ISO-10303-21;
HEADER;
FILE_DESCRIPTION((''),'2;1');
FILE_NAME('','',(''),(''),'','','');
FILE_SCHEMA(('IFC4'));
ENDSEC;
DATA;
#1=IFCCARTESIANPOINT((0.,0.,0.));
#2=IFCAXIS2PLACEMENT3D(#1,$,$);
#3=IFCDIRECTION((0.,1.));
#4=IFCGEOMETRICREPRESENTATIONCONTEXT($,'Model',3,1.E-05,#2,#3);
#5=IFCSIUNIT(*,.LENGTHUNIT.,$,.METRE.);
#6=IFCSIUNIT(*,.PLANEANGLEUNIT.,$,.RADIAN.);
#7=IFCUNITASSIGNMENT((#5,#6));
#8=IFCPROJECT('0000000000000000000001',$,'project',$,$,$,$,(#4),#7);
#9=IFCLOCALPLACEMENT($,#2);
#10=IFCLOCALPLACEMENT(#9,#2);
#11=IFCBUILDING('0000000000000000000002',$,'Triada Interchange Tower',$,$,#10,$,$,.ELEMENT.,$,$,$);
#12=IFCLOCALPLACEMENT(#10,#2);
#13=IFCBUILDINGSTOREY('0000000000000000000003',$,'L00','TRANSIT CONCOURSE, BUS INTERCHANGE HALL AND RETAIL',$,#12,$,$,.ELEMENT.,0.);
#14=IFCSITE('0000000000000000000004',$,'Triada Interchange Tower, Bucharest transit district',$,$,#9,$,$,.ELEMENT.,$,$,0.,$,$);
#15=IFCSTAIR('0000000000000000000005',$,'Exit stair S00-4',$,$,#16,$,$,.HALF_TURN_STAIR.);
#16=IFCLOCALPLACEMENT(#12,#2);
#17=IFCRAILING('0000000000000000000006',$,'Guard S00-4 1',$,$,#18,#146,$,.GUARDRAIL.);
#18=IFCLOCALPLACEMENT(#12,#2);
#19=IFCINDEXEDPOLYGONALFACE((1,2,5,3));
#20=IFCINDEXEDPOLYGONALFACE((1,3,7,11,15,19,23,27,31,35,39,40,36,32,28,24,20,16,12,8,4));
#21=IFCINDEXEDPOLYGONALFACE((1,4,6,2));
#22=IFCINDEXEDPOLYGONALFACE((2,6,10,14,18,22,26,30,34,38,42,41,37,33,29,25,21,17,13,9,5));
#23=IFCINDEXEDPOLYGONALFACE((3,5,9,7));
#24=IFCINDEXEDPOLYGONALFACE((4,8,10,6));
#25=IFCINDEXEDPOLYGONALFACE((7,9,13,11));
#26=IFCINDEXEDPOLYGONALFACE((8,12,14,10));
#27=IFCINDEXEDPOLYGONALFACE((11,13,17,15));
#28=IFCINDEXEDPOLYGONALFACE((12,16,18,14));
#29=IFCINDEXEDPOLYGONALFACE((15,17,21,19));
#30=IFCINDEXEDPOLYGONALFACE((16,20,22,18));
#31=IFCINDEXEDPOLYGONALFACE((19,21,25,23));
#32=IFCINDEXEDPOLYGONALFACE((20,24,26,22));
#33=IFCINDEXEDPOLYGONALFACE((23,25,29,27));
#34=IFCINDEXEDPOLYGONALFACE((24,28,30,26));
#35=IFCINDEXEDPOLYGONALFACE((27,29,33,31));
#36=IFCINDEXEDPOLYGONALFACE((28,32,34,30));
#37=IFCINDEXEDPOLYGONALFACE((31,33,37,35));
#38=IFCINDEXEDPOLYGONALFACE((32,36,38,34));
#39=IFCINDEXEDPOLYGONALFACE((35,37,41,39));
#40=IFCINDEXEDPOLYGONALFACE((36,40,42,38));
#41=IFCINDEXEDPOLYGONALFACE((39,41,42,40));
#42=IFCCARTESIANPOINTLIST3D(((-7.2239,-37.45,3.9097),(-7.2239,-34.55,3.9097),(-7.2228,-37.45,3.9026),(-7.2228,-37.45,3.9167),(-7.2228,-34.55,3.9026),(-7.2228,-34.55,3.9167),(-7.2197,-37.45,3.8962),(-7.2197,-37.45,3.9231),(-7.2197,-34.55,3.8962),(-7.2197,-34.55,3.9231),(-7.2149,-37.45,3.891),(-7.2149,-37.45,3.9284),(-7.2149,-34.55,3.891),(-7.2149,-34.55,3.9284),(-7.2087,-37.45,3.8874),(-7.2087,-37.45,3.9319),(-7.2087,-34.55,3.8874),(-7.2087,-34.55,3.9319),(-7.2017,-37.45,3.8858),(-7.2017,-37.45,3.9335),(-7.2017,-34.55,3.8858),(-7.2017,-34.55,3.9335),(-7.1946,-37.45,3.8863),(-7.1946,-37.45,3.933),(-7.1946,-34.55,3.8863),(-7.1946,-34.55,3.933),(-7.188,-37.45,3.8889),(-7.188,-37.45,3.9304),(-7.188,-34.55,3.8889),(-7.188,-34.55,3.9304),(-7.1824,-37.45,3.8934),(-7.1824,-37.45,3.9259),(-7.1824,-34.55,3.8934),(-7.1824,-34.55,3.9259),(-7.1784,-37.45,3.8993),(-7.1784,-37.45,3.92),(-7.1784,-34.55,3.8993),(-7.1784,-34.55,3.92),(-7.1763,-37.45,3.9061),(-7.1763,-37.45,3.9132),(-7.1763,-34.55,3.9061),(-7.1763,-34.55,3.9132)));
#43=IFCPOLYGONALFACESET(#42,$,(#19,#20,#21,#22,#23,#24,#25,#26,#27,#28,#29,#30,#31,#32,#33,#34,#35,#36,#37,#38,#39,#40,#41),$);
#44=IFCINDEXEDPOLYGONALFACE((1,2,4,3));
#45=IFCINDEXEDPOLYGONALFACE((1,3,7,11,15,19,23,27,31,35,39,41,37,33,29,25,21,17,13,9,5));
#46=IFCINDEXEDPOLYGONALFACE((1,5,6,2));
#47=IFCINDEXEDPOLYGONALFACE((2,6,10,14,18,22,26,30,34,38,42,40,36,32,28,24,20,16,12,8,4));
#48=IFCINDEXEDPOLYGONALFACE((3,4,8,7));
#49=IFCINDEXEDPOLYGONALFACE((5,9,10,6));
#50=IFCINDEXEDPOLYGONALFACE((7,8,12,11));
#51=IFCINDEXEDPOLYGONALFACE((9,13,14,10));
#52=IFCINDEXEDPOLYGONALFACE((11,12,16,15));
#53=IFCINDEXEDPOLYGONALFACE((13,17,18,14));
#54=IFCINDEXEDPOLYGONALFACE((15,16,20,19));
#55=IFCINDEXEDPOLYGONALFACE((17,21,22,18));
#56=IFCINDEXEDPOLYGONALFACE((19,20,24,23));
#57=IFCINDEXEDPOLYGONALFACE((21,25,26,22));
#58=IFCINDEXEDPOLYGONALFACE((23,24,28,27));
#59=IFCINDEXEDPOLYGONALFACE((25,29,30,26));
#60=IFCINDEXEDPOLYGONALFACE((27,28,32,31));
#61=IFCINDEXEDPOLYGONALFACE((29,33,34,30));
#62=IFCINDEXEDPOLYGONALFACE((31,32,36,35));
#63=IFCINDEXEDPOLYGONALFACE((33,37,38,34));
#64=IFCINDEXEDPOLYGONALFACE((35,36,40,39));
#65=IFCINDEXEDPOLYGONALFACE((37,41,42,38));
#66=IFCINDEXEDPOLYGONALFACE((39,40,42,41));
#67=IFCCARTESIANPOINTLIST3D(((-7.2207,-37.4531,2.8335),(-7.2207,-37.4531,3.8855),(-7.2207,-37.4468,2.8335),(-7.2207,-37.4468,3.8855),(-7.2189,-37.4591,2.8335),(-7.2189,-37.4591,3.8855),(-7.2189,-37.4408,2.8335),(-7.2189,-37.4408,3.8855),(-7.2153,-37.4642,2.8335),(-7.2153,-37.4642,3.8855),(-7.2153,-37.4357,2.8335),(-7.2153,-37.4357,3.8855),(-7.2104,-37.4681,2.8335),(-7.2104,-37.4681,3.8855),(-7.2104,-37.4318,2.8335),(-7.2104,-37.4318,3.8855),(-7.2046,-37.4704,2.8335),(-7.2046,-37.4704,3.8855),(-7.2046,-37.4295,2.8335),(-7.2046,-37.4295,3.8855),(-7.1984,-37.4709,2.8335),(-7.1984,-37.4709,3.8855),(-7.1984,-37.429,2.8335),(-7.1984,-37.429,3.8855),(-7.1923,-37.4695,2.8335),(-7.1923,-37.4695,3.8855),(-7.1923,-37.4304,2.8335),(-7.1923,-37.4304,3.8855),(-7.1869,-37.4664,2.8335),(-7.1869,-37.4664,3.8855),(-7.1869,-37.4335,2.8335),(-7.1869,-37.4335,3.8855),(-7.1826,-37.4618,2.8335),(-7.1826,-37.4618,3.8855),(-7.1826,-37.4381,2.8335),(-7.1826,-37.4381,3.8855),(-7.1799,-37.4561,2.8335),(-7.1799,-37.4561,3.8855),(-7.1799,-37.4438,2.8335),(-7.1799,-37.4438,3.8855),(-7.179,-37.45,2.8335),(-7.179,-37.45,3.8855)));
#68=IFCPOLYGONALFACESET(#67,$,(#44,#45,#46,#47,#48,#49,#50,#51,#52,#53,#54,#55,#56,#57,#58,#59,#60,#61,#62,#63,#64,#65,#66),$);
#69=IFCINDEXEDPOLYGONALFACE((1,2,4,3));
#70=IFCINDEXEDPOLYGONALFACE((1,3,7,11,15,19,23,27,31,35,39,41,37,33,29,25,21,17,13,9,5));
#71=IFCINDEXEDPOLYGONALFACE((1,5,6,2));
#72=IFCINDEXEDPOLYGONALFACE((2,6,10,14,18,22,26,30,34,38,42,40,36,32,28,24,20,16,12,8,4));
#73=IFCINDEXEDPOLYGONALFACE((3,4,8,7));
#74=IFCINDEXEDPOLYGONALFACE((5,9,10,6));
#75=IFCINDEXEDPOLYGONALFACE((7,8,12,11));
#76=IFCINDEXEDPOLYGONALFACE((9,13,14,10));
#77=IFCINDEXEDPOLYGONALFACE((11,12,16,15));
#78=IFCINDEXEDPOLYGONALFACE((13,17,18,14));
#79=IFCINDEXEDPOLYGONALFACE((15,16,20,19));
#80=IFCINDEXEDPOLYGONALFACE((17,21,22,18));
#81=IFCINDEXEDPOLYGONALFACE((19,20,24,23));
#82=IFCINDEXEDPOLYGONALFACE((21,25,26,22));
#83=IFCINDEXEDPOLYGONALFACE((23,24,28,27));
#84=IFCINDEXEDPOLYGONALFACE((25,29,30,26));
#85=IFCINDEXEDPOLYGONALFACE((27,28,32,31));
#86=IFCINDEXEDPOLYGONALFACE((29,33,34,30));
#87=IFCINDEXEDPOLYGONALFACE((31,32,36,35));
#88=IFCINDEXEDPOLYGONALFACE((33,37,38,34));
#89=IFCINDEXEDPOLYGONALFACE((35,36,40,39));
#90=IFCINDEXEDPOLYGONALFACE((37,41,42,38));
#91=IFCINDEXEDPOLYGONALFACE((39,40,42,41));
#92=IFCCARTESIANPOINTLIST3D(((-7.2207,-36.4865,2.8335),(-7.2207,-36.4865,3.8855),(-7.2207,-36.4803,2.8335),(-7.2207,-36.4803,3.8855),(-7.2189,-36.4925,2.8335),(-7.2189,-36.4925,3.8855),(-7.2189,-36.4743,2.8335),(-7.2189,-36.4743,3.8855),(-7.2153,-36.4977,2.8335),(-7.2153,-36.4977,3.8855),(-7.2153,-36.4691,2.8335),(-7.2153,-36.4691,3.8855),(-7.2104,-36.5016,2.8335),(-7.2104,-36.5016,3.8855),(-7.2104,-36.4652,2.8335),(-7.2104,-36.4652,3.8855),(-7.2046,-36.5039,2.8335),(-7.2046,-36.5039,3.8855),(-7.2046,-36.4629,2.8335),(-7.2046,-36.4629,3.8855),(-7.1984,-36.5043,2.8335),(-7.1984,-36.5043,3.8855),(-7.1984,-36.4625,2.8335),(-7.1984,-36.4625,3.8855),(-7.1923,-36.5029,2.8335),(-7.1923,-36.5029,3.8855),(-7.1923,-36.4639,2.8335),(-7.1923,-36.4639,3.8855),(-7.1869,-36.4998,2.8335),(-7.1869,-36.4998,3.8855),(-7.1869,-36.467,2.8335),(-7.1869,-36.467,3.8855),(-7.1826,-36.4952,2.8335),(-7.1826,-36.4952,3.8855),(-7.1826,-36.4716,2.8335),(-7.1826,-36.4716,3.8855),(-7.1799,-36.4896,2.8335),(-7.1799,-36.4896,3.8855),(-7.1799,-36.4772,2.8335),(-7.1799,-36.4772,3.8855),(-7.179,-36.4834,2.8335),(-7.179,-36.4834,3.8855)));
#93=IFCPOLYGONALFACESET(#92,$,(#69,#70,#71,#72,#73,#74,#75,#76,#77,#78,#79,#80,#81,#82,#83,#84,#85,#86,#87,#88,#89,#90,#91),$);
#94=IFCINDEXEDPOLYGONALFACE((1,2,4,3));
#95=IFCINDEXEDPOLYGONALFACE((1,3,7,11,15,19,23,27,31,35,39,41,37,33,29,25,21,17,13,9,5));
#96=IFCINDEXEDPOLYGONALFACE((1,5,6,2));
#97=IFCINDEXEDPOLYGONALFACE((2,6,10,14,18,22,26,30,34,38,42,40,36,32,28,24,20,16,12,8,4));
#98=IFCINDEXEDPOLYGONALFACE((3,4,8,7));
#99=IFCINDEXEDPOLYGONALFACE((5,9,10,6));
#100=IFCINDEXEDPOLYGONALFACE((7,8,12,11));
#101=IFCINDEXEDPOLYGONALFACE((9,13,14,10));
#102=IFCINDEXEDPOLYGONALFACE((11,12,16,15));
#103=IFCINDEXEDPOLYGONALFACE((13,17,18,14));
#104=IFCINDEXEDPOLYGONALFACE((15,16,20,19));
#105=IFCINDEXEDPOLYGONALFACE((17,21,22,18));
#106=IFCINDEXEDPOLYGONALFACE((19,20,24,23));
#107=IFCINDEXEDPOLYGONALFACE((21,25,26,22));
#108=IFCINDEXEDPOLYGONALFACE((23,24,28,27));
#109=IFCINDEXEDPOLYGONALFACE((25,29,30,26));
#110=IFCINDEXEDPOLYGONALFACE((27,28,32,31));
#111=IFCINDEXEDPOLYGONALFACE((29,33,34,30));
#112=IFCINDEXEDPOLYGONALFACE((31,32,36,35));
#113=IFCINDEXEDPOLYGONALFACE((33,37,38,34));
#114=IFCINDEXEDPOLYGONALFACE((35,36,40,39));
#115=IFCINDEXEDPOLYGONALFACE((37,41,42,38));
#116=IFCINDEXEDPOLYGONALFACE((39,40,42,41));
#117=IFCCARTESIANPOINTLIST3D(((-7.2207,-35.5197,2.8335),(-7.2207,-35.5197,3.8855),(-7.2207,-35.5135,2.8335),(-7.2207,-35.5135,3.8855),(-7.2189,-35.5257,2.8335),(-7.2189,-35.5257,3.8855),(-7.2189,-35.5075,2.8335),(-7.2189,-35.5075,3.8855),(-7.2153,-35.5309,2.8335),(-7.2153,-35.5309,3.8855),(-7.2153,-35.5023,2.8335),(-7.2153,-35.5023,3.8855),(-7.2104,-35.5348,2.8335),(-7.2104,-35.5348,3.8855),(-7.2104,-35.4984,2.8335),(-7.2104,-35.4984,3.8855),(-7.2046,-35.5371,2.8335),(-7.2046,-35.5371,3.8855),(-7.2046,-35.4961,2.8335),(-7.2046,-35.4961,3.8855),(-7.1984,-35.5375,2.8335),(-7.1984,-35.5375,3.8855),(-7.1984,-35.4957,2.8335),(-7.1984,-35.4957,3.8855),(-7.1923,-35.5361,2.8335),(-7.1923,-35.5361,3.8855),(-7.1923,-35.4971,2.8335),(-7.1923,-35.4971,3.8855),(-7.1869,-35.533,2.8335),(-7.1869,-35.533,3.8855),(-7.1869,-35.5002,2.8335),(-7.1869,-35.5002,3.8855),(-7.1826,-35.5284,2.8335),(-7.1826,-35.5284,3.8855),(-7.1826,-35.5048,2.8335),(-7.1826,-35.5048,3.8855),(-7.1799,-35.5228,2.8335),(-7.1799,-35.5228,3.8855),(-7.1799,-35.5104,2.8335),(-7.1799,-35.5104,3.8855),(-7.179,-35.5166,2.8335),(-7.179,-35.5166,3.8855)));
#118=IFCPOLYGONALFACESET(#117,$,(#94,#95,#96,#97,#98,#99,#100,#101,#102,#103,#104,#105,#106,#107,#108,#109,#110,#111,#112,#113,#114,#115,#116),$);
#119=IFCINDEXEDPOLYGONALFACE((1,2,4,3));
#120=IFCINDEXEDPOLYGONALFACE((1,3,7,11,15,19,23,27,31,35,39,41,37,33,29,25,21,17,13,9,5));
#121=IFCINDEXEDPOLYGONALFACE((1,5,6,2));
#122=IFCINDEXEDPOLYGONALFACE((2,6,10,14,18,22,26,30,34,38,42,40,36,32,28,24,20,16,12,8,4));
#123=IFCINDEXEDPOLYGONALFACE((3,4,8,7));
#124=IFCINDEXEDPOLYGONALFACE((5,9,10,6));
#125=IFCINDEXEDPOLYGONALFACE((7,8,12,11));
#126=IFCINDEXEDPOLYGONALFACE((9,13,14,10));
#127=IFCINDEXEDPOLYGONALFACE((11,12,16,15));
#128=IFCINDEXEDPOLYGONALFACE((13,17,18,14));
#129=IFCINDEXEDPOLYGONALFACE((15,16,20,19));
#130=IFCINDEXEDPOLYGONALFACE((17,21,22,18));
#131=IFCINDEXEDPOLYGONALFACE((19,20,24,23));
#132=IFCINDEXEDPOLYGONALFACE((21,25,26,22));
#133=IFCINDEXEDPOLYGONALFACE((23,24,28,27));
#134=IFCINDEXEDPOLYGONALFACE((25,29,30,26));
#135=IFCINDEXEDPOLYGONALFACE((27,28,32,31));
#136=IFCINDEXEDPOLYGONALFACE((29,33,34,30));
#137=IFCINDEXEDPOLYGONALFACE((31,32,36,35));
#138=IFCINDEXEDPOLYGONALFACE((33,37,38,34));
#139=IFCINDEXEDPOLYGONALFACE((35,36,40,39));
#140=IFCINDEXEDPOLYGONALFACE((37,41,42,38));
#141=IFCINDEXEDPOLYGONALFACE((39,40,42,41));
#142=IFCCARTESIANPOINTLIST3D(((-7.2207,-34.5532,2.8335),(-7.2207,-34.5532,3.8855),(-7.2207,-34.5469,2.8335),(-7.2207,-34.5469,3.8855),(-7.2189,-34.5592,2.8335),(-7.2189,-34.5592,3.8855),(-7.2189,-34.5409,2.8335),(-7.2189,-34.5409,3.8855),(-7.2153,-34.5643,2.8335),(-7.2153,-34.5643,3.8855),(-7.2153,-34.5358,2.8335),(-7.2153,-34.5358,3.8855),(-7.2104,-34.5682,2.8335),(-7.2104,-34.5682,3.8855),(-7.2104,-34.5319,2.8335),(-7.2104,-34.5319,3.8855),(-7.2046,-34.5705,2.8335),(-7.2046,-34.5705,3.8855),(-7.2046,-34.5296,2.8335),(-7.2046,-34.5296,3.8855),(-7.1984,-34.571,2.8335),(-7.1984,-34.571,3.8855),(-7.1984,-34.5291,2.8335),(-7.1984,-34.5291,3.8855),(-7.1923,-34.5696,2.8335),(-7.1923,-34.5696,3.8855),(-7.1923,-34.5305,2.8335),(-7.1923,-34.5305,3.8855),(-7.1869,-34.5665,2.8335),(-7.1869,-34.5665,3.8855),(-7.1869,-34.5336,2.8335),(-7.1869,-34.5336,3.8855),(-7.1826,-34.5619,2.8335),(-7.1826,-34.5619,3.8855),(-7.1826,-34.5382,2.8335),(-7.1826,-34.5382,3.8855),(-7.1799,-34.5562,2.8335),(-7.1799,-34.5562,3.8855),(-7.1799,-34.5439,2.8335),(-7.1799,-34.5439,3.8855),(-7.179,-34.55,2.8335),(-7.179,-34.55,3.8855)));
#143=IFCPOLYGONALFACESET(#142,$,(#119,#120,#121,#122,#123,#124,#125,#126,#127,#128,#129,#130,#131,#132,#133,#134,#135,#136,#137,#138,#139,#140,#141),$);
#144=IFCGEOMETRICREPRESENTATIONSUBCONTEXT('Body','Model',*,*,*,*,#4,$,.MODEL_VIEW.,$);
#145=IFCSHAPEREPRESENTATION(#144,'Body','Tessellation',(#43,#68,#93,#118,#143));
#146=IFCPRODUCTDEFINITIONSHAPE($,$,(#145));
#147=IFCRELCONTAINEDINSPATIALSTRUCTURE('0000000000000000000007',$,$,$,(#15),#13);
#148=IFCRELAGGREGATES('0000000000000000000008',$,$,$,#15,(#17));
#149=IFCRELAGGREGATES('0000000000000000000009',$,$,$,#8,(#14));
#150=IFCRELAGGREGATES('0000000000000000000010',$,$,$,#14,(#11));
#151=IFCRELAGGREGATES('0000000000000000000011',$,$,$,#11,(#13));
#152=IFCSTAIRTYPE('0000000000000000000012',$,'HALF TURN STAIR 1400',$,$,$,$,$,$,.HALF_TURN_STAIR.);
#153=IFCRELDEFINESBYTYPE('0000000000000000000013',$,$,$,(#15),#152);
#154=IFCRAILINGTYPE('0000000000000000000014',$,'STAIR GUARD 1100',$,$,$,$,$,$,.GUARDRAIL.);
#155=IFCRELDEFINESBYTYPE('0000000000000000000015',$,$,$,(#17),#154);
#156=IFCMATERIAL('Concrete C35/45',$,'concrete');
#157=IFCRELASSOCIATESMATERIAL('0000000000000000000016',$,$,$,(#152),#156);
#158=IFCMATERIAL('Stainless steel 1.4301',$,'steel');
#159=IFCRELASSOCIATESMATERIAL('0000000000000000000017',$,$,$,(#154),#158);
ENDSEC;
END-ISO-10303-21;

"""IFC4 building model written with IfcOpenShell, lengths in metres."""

from ifc_helpers import new_model, si_unit, direction, frame, origin, origin_2d, place, context, subcontext, project, spatial, circle, extrude, material, type_object, element, aggregate, save


model = new_model("IFC4")

# Units and contexts
model_context = context("Model", 3, precision=1e-05, world=origin(), true_north=direction((0.0, 1.0)))
body_context = subcontext(model_context, "Body", "Model", "MODEL_VIEW")
ifc_project = project(units=[si_unit("LENGTHUNIT", "METRE"), si_unit("PLANEANGLEUNIT", "RADIAN")], contexts=[model_context])

# Site, building, storey
site_placement = place(None, origin())
site = spatial("IfcSite", under=ifc_project, at=site_placement, Name="Triada Interchange Tower, Bucharest transit district", CompositionType="ELEMENT", RefElevation=0.0)
building_placement = place(site_placement, origin())
building = spatial("IfcBuilding", under=site, at=building_placement, Name="Triada Interchange Tower", CompositionType="ELEMENT")
storey_placement = place(building_placement, origin())
storey = spatial("IfcBuildingStorey", under=building, at=storey_placement, Name="L00", Description="TRANSIT CONCOURSE, BUS INTERCHANGE HALL AND RETAIL", CompositionType="ELEMENT", Elevation=0.0)

# Shared definitions
ifc_material_1 = material(Name="Concrete C35/45", Category="concrete")

# Stair
stair_type = type_object("IfcStairType", Name="HALF TURN STAIR 1400", PredefinedType="HALF_TURN_STAIR", material=ifc_material_1)
stair_1_placement = place(storey_placement, origin())
stair_1 = element("IfcStair", 1, at=stair_1_placement, inside=storey, type_object=stair_type, Name="Exit stair S00-4", PredefinedType="HALF_TURN_STAIR")

# Railing
ifc_material_2 = material(Name="Stainless steel 1.4301", Category="steel")
railing_type_1 = type_object("IfcRailingType", Name="STAIR GUARD 1100", PredefinedType="GUARDRAIL", material=ifc_material_2)
railing_1_placement = place(storey_placement, frame((-7.2, -37.45, 2.8335)))
railing_1 = element("IfcRailing", 2, at=railing_1_placement, type_object=railing_type_1, Name="Guard S00-4 1", PredefinedType="GUARDRAIL", context=body_context, shape_type="SweptSolid", body=[
    extrude(circle(Radius=0.0239, at=origin_2d()), frame((0.0, 0.0, 1.0762), z_axis=(0.0, 1.0, 0.0), x_axis=(-1.0, 0.0, 0.0)), (0.0, 0.0, 1.0), 2.8999),
    extrude(circle(Radius=0.021, at=origin_2d()), origin(), (0.0, 0.0, 1.0), 1.052),
    extrude(circle(Radius=0.021, at=origin_2d()), frame((0.0, 0.9666, 0.0)), (0.0, 0.0, 1.0), 1.052),
    extrude(circle(Radius=0.021, at=origin_2d()), frame((0.0, 1.9333, 0.0)), (0.0, 0.0, 1.0), 1.052),
    extrude(circle(Radius=0.021, at=origin_2d()), frame((0.0, 2.8999, 0.0)), (0.0, 0.0, 1.0), 1.052),
])
aggregate(stair_1, [railing_1])

save(model, "model.ifc")
